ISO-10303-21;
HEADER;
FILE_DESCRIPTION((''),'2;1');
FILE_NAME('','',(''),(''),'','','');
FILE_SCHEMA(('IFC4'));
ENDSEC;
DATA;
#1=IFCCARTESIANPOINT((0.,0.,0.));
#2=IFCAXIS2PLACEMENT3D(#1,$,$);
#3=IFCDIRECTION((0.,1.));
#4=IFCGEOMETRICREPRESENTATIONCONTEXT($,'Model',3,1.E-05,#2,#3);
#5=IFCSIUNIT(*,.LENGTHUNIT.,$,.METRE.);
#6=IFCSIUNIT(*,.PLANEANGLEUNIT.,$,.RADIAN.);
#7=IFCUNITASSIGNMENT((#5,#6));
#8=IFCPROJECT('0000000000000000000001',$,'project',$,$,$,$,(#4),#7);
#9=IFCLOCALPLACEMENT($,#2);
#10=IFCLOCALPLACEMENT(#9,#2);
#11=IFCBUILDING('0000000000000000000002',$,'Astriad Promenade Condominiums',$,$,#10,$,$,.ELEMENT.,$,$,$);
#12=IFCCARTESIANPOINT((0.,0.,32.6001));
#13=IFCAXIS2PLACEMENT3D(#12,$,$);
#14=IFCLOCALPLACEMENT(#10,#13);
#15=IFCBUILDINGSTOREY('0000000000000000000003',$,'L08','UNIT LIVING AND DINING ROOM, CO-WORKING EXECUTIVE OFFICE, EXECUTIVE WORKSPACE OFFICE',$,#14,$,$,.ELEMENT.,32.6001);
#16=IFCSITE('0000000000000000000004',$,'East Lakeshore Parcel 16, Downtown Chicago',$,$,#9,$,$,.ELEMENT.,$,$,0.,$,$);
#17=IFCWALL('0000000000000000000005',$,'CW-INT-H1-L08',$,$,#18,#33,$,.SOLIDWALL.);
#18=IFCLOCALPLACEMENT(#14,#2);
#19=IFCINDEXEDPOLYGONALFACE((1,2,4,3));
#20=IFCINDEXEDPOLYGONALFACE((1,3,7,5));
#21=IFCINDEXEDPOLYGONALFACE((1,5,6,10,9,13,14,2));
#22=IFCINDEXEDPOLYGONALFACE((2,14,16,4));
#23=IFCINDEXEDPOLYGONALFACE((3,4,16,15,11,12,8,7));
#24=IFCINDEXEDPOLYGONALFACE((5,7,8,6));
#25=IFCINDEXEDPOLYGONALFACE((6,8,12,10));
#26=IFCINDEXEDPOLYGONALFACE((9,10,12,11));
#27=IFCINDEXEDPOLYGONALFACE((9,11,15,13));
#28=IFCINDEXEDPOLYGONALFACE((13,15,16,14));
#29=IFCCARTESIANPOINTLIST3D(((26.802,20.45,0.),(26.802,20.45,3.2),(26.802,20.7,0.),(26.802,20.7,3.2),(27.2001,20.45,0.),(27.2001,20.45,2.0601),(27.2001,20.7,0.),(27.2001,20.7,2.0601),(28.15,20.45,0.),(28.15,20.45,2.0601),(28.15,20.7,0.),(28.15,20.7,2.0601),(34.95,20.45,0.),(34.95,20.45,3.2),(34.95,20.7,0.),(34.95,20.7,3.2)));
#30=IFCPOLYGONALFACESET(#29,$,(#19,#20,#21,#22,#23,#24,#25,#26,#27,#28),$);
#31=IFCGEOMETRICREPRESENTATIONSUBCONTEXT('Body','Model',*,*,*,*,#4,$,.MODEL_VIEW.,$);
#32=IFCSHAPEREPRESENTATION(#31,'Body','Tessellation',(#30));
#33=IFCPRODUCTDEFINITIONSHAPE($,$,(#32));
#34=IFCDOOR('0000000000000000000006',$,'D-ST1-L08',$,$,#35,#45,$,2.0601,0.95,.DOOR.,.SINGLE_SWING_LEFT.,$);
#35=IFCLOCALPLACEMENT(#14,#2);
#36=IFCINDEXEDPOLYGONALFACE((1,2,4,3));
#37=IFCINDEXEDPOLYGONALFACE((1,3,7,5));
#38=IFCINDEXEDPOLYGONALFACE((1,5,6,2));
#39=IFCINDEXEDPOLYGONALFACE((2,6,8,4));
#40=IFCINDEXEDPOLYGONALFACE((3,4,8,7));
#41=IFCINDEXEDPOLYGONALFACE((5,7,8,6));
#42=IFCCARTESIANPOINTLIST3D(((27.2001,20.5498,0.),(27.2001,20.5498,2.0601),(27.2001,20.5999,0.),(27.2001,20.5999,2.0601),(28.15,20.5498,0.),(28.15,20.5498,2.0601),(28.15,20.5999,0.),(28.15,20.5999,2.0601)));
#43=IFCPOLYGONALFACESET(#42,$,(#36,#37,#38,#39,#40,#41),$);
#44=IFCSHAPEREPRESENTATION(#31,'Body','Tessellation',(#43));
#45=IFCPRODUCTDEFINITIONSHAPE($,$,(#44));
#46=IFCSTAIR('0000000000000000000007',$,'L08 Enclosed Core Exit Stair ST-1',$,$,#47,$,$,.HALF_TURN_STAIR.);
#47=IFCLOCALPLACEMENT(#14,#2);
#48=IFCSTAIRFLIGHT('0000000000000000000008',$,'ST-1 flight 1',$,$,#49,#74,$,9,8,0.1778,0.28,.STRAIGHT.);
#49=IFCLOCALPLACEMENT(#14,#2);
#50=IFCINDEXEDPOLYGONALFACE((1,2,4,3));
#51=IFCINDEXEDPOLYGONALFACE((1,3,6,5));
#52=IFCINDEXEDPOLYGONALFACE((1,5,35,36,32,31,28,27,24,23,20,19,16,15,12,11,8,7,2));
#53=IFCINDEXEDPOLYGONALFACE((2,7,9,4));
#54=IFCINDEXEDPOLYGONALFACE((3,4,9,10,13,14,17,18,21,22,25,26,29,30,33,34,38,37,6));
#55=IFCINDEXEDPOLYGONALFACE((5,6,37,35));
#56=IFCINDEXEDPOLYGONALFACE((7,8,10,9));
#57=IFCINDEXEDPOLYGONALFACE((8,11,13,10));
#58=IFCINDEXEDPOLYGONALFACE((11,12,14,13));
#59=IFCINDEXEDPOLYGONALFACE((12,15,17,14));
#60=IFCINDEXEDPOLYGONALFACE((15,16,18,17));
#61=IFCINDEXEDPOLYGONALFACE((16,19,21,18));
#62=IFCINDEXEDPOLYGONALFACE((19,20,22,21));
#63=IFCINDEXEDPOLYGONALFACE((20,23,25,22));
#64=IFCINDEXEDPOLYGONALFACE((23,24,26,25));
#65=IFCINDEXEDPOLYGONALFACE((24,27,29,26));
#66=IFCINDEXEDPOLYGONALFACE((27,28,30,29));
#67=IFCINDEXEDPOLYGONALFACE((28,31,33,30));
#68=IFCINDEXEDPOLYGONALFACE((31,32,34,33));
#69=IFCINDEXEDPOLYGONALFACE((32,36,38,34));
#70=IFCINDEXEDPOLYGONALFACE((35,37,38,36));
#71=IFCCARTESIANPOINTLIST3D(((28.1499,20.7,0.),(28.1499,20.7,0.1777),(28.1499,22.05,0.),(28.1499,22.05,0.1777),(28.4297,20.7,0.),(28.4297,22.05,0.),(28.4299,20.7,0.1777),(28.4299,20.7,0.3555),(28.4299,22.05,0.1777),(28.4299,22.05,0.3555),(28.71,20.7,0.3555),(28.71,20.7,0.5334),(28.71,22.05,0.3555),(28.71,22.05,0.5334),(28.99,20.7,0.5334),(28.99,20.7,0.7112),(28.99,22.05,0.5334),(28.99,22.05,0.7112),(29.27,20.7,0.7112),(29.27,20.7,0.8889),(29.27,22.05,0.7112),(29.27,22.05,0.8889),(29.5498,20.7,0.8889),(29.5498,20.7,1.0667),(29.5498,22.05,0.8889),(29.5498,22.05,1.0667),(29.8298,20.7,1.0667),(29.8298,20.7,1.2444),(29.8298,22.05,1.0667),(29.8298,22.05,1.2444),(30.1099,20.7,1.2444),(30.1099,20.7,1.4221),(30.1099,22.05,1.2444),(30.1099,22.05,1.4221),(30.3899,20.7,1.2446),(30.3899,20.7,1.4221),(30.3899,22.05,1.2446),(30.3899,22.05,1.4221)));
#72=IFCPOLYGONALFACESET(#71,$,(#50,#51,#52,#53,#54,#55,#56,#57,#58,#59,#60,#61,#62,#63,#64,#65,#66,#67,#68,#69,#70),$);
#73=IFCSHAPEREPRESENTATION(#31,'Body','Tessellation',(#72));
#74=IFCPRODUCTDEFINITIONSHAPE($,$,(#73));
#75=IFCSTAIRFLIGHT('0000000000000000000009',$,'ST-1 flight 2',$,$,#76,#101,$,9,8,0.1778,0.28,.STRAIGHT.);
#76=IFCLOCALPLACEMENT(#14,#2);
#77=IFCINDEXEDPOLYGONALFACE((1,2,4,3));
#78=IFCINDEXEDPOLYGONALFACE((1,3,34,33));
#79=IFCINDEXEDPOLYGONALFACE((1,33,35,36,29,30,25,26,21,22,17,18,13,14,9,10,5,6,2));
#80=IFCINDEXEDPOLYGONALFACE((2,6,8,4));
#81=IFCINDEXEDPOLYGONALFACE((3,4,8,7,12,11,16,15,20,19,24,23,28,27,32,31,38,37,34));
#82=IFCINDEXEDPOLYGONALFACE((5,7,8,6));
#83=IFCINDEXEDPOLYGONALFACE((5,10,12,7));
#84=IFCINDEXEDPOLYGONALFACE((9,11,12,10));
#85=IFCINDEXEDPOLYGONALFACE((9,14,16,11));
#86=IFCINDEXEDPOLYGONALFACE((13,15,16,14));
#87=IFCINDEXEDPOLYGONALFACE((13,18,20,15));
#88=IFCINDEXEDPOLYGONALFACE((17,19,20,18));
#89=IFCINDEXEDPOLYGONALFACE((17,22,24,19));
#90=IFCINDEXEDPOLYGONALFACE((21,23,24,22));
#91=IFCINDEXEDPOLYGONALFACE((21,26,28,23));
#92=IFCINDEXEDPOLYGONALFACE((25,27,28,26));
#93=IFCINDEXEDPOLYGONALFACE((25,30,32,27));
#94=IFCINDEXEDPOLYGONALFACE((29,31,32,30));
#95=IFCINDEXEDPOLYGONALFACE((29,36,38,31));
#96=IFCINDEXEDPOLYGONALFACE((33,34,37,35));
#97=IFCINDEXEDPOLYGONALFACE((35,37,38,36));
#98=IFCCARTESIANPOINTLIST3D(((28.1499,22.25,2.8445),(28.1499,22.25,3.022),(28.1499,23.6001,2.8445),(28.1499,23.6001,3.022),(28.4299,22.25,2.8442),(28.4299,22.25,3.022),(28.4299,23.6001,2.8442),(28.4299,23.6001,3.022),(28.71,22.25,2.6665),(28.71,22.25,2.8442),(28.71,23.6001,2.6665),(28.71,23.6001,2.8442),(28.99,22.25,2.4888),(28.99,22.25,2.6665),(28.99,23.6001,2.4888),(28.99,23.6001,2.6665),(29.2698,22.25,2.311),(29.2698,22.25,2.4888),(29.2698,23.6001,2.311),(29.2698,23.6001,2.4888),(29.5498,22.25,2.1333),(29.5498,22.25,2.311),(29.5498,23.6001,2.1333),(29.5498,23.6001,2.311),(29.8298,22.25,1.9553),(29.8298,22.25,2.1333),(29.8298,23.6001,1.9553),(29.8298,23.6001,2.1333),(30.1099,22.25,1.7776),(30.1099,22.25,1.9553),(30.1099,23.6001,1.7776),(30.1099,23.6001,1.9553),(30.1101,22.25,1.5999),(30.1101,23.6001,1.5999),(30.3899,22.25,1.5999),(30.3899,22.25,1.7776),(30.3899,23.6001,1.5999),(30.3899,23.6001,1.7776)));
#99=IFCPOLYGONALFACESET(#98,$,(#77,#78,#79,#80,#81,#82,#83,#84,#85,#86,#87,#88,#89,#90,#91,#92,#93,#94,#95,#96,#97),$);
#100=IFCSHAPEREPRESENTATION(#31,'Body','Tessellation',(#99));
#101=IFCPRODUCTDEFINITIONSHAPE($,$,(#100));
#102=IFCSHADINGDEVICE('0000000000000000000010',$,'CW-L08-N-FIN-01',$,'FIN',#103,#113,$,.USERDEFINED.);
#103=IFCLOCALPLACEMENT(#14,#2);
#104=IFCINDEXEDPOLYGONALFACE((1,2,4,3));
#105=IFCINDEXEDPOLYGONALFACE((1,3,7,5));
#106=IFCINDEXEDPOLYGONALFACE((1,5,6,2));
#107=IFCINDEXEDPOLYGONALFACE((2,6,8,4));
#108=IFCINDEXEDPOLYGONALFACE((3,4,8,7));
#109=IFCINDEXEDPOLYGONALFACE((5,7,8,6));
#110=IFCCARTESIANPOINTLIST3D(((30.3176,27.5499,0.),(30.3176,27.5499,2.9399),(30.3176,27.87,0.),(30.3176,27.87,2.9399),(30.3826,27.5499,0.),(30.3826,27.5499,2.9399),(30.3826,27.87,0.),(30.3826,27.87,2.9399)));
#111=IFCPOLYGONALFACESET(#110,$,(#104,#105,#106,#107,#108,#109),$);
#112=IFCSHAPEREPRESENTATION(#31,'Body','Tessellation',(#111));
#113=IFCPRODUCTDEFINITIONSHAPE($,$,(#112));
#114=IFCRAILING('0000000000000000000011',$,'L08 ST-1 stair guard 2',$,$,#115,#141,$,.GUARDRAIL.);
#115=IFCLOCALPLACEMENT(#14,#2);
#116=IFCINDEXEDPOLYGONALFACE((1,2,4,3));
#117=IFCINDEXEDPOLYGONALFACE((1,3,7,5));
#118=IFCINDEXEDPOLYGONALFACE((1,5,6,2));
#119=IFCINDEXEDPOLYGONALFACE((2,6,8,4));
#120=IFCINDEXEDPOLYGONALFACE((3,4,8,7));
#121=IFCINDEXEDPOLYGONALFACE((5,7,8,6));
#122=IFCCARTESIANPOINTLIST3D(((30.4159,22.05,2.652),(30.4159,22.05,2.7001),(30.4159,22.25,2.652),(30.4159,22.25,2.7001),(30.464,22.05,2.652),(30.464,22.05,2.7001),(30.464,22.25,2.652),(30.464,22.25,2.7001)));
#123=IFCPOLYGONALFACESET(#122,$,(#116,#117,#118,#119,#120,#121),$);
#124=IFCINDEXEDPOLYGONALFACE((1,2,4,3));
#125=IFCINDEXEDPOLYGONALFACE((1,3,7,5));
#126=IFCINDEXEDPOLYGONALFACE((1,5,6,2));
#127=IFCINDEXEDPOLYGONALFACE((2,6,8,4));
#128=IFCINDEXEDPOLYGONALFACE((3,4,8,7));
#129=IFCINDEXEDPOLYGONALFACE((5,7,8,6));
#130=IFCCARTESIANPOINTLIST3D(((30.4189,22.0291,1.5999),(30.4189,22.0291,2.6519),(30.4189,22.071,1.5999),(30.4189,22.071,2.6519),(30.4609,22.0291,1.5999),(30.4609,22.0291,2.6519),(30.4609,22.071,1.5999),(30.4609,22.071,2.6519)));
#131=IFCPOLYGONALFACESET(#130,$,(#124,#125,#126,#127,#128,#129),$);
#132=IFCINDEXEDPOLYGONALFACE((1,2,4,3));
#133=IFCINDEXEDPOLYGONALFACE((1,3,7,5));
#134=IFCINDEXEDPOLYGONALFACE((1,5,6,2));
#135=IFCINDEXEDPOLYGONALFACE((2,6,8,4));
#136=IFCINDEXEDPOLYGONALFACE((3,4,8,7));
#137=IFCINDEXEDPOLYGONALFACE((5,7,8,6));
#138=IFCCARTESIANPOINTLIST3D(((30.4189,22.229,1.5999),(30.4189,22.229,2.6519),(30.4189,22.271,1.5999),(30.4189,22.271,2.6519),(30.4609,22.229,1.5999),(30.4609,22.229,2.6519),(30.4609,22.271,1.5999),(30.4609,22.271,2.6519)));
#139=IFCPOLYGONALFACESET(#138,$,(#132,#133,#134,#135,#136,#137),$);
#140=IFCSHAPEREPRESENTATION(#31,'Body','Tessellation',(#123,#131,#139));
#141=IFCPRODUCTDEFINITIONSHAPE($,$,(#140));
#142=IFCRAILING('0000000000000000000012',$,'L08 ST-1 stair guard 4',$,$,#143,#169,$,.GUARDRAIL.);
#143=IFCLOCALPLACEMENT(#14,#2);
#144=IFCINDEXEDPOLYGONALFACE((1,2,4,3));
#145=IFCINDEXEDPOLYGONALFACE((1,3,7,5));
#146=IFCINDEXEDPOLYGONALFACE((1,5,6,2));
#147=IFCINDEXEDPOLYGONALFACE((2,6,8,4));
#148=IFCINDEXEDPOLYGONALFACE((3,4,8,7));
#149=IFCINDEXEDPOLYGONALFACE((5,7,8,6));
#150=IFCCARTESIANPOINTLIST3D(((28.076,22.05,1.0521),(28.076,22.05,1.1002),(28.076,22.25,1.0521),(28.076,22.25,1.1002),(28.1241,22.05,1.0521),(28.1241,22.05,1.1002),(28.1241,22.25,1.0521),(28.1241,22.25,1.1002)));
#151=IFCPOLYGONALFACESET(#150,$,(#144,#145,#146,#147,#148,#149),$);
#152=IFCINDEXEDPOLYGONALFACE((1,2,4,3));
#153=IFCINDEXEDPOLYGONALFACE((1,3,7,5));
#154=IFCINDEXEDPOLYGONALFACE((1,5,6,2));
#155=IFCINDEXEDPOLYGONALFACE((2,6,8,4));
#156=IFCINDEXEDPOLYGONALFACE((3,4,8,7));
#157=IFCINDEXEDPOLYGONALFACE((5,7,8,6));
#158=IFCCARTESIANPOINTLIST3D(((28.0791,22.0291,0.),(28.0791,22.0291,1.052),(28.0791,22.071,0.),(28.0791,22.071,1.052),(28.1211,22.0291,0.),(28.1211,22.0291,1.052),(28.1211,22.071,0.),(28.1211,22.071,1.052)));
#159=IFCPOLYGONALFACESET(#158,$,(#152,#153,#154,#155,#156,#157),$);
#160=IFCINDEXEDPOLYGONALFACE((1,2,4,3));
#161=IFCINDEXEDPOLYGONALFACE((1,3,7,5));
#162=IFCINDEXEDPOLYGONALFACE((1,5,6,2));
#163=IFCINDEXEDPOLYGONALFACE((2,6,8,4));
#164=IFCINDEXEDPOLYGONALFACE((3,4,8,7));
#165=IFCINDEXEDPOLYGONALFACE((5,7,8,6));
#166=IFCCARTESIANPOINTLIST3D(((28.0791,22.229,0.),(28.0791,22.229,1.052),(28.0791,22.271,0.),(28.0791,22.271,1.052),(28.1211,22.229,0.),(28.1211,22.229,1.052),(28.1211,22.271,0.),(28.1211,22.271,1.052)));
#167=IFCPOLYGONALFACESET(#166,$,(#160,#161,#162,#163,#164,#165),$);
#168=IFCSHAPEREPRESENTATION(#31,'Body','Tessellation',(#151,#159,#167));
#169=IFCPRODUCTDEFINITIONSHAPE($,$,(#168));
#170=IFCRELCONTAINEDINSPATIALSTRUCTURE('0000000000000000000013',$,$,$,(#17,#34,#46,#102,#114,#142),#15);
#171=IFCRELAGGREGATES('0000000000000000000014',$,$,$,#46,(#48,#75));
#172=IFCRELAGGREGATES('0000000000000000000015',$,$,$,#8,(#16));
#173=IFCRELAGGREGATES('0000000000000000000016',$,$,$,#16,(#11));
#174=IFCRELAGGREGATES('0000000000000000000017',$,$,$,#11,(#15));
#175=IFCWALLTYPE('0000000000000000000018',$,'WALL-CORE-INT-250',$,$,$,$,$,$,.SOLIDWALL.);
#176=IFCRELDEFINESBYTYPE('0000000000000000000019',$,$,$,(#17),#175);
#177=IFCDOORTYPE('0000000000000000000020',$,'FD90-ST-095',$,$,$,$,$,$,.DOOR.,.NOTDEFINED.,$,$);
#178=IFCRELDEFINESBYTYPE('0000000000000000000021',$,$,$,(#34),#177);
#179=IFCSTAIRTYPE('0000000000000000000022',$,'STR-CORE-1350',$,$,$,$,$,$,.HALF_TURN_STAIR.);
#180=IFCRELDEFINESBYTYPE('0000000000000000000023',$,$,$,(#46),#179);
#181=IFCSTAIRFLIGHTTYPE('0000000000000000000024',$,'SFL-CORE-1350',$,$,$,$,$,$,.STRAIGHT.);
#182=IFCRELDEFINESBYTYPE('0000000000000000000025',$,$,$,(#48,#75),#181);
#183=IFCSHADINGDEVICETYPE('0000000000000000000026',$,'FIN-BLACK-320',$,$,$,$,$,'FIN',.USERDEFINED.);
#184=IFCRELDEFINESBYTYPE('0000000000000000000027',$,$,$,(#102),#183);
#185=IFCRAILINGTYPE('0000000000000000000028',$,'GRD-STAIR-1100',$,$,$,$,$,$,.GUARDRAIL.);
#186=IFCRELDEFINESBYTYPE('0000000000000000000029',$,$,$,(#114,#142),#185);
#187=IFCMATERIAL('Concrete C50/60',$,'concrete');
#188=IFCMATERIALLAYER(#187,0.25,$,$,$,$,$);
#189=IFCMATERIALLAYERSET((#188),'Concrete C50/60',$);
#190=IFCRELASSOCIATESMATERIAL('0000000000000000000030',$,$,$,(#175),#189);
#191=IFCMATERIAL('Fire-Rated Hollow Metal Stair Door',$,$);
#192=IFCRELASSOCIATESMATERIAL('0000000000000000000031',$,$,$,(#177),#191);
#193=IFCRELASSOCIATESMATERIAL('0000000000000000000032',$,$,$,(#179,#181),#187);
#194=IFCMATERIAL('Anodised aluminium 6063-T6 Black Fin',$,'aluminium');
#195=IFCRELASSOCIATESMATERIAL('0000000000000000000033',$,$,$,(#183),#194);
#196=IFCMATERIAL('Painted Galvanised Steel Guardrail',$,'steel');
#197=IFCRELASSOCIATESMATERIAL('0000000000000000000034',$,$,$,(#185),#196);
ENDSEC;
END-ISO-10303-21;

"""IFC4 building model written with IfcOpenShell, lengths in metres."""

from ifc_helpers import new_model, si_unit, direction, frame, frame_2d, origin, origin_2d, place, context, subcontext, project, spatial, polyline, rectangle, outline, extrude, source, transform, mapped, material, layer, layer_set, type_object, type_shapes, element, fill, aggregate, save


model = new_model("IFC4")

# Units and contexts
model_context = context("Model", 3, precision=1e-05, world=origin(), true_north=direction((0.0, 1.0)))
body_context = subcontext(model_context, "Body", "Model", "MODEL_VIEW")
ifc_project = project(units=[si_unit("LENGTHUNIT", "METRE"), si_unit("PLANEANGLEUNIT", "RADIAN")], contexts=[model_context])

# Site, building, storey
site_placement = place(None, origin())
site = spatial("IfcSite", under=ifc_project, at=site_placement, Name="East Lakeshore Parcel 16, Downtown Chicago", CompositionType="ELEMENT", RefElevation=0.0)
building_placement = place(site_placement, origin())
building = spatial("IfcBuilding", under=site, at=building_placement, Name="Astriad Promenade Condominiums", CompositionType="ELEMENT")
storey_placement = place(building_placement, frame((0.0, 0.0, 32.6001)))
storey = spatial("IfcBuildingStorey", under=building, at=storey_placement, Name="L08", Description="UNIT LIVING AND DINING ROOM, CO-WORKING EXECUTIVE OFFICE, EXECUTIVE WORKSPACE OFFICE", CompositionType="ELEMENT", Elevation=32.6001)

# Wall, opening, door
ifc_material_1 = material(Name="Concrete C50/60", Category="concrete")
ifc_layer_1 = layer(ifc_material_1, 0.25)
ifc_layer_set_1 = layer_set([ifc_layer_1], Name="Concrete C50/60")
wall_type = type_object("IfcWallType", Name="WALL-CORE-INT-250", PredefinedType="SOLIDWALL", material=ifc_layer_set_1)
wall_placement = place(storey_placement, frame((26.802, 20.575, 0.0), z_axis=(0.0, 0.0, 1.0), x_axis=(1.0, 0.0, 0.0)))
wall = element("IfcWall", 1, at=wall_placement, inside=storey, type_object=wall_type, Name="CW-INT-H1-L08", PredefinedType="SOLIDWALL", context=body_context, shape_type="SweptSolid", body=[
    extrude(rectangle(XDim=8.1479, YDim=0.25, at=frame_2d((4.074, 0.0))), origin(), (0.0, 0.0, 1.0), 3.2),
])
opening_placement = place(wall_placement, frame((0.3979, 0.0, 0.0)))
opening = element("IfcOpeningElement", 2, at=opening_placement, cuts=wall, PredefinedType="OPENING", context=body_context, shape_type="SweptSolid", body=[
    extrude(rectangle(XDim=0.95, YDim=2.0601, at=frame_2d((0.4751, 1.03))), frame((0.0, 0.135, 0.0), z_axis=(0.0, -1.0, 0.0), x_axis=(1.0, 0.0, 0.0)), (0.0, 0.0, 1.0), 0.27),
])
ifc_material_2 = material(Name="Fire-Rated Hollow Metal Stair Door")
door_type = type_object("IfcDoorType", Name="FD90-ST-095", OperationType="NOTDEFINED", PredefinedType="DOOR", material=ifc_material_2)
shared_shape_1 = source(origin(), body_context, "Body", "SweptSolid", [
    extrude(rectangle(XDim=0.95, YDim=2.0601, at=frame_2d((0.4751, 1.03))), frame((0.0, 0.0249, 0.0), z_axis=(0.0, -1.0, 0.0), x_axis=(1.0, 0.0, 0.0)), (0.0, 0.0, 1.0), 0.05),
])
type_shapes(door_type, [shared_shape_1])
door_placement = place(opening_placement, origin())
door = element("IfcDoor", 3, at=door_placement, inside=storey, type_object=door_type, Name="D-ST1-L08", OperationType="SINGLE_SWING_LEFT", OverallHeight=2.0601, OverallWidth=0.95, PredefinedType="DOOR", context=body_context, shape_type="MappedRepresentation", body=[
    mapped(shared_shape_1, transform((0.0, 0.0, 0.0), scale=1.0)),
])
fill(opening, door)

# Stair, stair flights
stair_type = type_object("IfcStairType", Name="STR-CORE-1350", PredefinedType="HALF_TURN_STAIR", material=ifc_material_1)
stair_placement = place(storey_placement, origin())
stair = element("IfcStair", 4, at=stair_placement, inside=storey, type_object=stair_type, Name="L08 Enclosed Core Exit Stair ST-1", PredefinedType="HALF_TURN_STAIR")
stair_flight_type = type_object("IfcStairFlightType", Name="SFL-CORE-1350", PredefinedType="STRAIGHT", material=ifc_material_1)
shared_shape_2 = source(origin(), body_context, "Body", "SweptSolid", [
    extrude(outline(polyline([(0.0, 0.0), (0.0, 0.1777), (0.28, 0.1777), (0.28, 0.3555), (0.5601, 0.3555), (0.5601, 0.5334), (0.8401, 0.5334), (0.8401, 0.7112), (1.1201, 0.7112), (1.1201, 0.8889), (1.3999, 0.8889), (1.3999, 1.0667), (1.6799, 1.0667), (1.6799, 1.2444), (1.96, 1.2444), (1.96, 1.4221), (2.24, 1.4221), (2.24, 1.6001), (2.24, 1.2446), (0.2798, 0.0), (0.0, 0.0)])), frame((0.0, 0.675, 0.0), z_axis=(0.0, -1.0, 0.0), x_axis=(1.0, 0.0, 0.0)), (0.0, 0.0, 1.0), 1.3501),
])
type_shapes(stair_flight_type, [shared_shape_2])
stair_flight_1_placement = place(storey_placement, frame((28.1499, 21.375, 0.0), z_axis=(0.0, 0.0, 1.0), x_axis=(1.0, 0.0, 0.0)))
stair_flight_1 = element("IfcStairFlight", 5, at=stair_flight_1_placement, type_object=stair_flight_type, Name="ST-1 flight 1", NumberOfRisers=9, NumberOfTreads=8, PredefinedType="STRAIGHT", RiserHeight=0.1778, TreadLength=0.28, context=body_context, shape_type="MappedRepresentation", body=[
    mapped(shared_shape_2, transform((0.0, 0.0, 0.0), scale=1.0)),
])
stair_flight_2_placement = place(storey_placement, frame((30.3899, 22.925, 1.5999), z_axis=(0.0, 0.0, 1.0), x_axis=(-1.0, 0.0, 0.0)))
stair_flight_2 = element("IfcStairFlight", 6, at=stair_flight_2_placement, type_object=stair_flight_type, Name="ST-1 flight 2", NumberOfRisers=9, NumberOfTreads=8, PredefinedType="STRAIGHT", RiserHeight=0.1778, TreadLength=0.28, context=body_context, shape_type="MappedRepresentation", body=[
    mapped(shared_shape_2, transform((0.0, 0.0, 0.0), scale=1.0)),
])
aggregate(stair, [stair_flight_1, stair_flight_2])

# Shading device
ifc_material_3 = material(Name="Anodised aluminium 6063-T6 Black Fin", Category="aluminium")
shading_device_type = type_object("IfcShadingDeviceType", Name="FIN-BLACK-320", ElementType="FIN", PredefinedType="USERDEFINED", material=ifc_material_3)
shared_shape_3 = source(origin(), body_context, "Body", "SweptSolid", [
    extrude(rectangle(XDim=0.0649, YDim=0.3201, at=origin_2d()), origin(), (0.0, 0.0, 1.0), 2.9399),
])
type_shapes(shading_device_type, [shared_shape_3])
shading_device_placement = place(storey_placement, frame((30.3501, 27.71, 0.0), z_axis=(0.0, 0.0, 1.0), x_axis=(1.0, 0.0, 0.0)))
element("IfcShadingDevice", 7, at=shading_device_placement, inside=storey, type_object=shading_device_type, Name="CW-L08-N-FIN-01", ObjectType="FIN", PredefinedType="USERDEFINED", context=body_context, shape_type="MappedRepresentation", body=[
    mapped(shared_shape_3, transform((0.0, 0.0, 0.0), scale=1.0)),
])

# Railings
ifc_material_4 = material(Name="Painted Galvanised Steel Guardrail", Category="steel")
railing_type_1 = type_object("IfcRailingType", Name="GRD-STAIR-1100", PredefinedType="GUARDRAIL", material=ifc_material_4)
shared_shape_4 = source(origin(), body_context, "Body", "SweptSolid", [
    extrude(rectangle(XDim=0.0481, YDim=0.0481, at=origin_2d()), frame((0.0, 0.0, 1.0762), z_axis=(0.0, 1.0, 0.0), x_axis=(-1.0, 0.0, 0.0)), (0.0, 0.0, 1.0), 0.2),
    extrude(rectangle(XDim=0.042, YDim=0.042, at=origin_2d()), origin(), (0.0, 0.0, 1.0), 1.052),
    extrude(rectangle(XDim=0.042, YDim=0.042, at=origin_2d()), frame((0.0, 0.2, 0.0)), (0.0, 0.0, 1.0), 1.052),
])
for number, where, name in (
    (8, (30.4399, 22.05, 1.5999), "L08 ST-1 stair guard 2"),
    (9, (28.1001, 22.05, 0.0), "L08 ST-1 stair guard 4"),
):
    element("IfcRailing", number, at=place(storey_placement, frame(where)), inside=storey, type_object=railing_type_1, Name=name, PredefinedType="GUARDRAIL", context=body_context, shape_type="MappedRepresentation", body=[
        mapped(shared_shape_4, transform((0.0, 0.0, 0.0), scale=1.0)),
    ])

save(model, "model.ifc")
